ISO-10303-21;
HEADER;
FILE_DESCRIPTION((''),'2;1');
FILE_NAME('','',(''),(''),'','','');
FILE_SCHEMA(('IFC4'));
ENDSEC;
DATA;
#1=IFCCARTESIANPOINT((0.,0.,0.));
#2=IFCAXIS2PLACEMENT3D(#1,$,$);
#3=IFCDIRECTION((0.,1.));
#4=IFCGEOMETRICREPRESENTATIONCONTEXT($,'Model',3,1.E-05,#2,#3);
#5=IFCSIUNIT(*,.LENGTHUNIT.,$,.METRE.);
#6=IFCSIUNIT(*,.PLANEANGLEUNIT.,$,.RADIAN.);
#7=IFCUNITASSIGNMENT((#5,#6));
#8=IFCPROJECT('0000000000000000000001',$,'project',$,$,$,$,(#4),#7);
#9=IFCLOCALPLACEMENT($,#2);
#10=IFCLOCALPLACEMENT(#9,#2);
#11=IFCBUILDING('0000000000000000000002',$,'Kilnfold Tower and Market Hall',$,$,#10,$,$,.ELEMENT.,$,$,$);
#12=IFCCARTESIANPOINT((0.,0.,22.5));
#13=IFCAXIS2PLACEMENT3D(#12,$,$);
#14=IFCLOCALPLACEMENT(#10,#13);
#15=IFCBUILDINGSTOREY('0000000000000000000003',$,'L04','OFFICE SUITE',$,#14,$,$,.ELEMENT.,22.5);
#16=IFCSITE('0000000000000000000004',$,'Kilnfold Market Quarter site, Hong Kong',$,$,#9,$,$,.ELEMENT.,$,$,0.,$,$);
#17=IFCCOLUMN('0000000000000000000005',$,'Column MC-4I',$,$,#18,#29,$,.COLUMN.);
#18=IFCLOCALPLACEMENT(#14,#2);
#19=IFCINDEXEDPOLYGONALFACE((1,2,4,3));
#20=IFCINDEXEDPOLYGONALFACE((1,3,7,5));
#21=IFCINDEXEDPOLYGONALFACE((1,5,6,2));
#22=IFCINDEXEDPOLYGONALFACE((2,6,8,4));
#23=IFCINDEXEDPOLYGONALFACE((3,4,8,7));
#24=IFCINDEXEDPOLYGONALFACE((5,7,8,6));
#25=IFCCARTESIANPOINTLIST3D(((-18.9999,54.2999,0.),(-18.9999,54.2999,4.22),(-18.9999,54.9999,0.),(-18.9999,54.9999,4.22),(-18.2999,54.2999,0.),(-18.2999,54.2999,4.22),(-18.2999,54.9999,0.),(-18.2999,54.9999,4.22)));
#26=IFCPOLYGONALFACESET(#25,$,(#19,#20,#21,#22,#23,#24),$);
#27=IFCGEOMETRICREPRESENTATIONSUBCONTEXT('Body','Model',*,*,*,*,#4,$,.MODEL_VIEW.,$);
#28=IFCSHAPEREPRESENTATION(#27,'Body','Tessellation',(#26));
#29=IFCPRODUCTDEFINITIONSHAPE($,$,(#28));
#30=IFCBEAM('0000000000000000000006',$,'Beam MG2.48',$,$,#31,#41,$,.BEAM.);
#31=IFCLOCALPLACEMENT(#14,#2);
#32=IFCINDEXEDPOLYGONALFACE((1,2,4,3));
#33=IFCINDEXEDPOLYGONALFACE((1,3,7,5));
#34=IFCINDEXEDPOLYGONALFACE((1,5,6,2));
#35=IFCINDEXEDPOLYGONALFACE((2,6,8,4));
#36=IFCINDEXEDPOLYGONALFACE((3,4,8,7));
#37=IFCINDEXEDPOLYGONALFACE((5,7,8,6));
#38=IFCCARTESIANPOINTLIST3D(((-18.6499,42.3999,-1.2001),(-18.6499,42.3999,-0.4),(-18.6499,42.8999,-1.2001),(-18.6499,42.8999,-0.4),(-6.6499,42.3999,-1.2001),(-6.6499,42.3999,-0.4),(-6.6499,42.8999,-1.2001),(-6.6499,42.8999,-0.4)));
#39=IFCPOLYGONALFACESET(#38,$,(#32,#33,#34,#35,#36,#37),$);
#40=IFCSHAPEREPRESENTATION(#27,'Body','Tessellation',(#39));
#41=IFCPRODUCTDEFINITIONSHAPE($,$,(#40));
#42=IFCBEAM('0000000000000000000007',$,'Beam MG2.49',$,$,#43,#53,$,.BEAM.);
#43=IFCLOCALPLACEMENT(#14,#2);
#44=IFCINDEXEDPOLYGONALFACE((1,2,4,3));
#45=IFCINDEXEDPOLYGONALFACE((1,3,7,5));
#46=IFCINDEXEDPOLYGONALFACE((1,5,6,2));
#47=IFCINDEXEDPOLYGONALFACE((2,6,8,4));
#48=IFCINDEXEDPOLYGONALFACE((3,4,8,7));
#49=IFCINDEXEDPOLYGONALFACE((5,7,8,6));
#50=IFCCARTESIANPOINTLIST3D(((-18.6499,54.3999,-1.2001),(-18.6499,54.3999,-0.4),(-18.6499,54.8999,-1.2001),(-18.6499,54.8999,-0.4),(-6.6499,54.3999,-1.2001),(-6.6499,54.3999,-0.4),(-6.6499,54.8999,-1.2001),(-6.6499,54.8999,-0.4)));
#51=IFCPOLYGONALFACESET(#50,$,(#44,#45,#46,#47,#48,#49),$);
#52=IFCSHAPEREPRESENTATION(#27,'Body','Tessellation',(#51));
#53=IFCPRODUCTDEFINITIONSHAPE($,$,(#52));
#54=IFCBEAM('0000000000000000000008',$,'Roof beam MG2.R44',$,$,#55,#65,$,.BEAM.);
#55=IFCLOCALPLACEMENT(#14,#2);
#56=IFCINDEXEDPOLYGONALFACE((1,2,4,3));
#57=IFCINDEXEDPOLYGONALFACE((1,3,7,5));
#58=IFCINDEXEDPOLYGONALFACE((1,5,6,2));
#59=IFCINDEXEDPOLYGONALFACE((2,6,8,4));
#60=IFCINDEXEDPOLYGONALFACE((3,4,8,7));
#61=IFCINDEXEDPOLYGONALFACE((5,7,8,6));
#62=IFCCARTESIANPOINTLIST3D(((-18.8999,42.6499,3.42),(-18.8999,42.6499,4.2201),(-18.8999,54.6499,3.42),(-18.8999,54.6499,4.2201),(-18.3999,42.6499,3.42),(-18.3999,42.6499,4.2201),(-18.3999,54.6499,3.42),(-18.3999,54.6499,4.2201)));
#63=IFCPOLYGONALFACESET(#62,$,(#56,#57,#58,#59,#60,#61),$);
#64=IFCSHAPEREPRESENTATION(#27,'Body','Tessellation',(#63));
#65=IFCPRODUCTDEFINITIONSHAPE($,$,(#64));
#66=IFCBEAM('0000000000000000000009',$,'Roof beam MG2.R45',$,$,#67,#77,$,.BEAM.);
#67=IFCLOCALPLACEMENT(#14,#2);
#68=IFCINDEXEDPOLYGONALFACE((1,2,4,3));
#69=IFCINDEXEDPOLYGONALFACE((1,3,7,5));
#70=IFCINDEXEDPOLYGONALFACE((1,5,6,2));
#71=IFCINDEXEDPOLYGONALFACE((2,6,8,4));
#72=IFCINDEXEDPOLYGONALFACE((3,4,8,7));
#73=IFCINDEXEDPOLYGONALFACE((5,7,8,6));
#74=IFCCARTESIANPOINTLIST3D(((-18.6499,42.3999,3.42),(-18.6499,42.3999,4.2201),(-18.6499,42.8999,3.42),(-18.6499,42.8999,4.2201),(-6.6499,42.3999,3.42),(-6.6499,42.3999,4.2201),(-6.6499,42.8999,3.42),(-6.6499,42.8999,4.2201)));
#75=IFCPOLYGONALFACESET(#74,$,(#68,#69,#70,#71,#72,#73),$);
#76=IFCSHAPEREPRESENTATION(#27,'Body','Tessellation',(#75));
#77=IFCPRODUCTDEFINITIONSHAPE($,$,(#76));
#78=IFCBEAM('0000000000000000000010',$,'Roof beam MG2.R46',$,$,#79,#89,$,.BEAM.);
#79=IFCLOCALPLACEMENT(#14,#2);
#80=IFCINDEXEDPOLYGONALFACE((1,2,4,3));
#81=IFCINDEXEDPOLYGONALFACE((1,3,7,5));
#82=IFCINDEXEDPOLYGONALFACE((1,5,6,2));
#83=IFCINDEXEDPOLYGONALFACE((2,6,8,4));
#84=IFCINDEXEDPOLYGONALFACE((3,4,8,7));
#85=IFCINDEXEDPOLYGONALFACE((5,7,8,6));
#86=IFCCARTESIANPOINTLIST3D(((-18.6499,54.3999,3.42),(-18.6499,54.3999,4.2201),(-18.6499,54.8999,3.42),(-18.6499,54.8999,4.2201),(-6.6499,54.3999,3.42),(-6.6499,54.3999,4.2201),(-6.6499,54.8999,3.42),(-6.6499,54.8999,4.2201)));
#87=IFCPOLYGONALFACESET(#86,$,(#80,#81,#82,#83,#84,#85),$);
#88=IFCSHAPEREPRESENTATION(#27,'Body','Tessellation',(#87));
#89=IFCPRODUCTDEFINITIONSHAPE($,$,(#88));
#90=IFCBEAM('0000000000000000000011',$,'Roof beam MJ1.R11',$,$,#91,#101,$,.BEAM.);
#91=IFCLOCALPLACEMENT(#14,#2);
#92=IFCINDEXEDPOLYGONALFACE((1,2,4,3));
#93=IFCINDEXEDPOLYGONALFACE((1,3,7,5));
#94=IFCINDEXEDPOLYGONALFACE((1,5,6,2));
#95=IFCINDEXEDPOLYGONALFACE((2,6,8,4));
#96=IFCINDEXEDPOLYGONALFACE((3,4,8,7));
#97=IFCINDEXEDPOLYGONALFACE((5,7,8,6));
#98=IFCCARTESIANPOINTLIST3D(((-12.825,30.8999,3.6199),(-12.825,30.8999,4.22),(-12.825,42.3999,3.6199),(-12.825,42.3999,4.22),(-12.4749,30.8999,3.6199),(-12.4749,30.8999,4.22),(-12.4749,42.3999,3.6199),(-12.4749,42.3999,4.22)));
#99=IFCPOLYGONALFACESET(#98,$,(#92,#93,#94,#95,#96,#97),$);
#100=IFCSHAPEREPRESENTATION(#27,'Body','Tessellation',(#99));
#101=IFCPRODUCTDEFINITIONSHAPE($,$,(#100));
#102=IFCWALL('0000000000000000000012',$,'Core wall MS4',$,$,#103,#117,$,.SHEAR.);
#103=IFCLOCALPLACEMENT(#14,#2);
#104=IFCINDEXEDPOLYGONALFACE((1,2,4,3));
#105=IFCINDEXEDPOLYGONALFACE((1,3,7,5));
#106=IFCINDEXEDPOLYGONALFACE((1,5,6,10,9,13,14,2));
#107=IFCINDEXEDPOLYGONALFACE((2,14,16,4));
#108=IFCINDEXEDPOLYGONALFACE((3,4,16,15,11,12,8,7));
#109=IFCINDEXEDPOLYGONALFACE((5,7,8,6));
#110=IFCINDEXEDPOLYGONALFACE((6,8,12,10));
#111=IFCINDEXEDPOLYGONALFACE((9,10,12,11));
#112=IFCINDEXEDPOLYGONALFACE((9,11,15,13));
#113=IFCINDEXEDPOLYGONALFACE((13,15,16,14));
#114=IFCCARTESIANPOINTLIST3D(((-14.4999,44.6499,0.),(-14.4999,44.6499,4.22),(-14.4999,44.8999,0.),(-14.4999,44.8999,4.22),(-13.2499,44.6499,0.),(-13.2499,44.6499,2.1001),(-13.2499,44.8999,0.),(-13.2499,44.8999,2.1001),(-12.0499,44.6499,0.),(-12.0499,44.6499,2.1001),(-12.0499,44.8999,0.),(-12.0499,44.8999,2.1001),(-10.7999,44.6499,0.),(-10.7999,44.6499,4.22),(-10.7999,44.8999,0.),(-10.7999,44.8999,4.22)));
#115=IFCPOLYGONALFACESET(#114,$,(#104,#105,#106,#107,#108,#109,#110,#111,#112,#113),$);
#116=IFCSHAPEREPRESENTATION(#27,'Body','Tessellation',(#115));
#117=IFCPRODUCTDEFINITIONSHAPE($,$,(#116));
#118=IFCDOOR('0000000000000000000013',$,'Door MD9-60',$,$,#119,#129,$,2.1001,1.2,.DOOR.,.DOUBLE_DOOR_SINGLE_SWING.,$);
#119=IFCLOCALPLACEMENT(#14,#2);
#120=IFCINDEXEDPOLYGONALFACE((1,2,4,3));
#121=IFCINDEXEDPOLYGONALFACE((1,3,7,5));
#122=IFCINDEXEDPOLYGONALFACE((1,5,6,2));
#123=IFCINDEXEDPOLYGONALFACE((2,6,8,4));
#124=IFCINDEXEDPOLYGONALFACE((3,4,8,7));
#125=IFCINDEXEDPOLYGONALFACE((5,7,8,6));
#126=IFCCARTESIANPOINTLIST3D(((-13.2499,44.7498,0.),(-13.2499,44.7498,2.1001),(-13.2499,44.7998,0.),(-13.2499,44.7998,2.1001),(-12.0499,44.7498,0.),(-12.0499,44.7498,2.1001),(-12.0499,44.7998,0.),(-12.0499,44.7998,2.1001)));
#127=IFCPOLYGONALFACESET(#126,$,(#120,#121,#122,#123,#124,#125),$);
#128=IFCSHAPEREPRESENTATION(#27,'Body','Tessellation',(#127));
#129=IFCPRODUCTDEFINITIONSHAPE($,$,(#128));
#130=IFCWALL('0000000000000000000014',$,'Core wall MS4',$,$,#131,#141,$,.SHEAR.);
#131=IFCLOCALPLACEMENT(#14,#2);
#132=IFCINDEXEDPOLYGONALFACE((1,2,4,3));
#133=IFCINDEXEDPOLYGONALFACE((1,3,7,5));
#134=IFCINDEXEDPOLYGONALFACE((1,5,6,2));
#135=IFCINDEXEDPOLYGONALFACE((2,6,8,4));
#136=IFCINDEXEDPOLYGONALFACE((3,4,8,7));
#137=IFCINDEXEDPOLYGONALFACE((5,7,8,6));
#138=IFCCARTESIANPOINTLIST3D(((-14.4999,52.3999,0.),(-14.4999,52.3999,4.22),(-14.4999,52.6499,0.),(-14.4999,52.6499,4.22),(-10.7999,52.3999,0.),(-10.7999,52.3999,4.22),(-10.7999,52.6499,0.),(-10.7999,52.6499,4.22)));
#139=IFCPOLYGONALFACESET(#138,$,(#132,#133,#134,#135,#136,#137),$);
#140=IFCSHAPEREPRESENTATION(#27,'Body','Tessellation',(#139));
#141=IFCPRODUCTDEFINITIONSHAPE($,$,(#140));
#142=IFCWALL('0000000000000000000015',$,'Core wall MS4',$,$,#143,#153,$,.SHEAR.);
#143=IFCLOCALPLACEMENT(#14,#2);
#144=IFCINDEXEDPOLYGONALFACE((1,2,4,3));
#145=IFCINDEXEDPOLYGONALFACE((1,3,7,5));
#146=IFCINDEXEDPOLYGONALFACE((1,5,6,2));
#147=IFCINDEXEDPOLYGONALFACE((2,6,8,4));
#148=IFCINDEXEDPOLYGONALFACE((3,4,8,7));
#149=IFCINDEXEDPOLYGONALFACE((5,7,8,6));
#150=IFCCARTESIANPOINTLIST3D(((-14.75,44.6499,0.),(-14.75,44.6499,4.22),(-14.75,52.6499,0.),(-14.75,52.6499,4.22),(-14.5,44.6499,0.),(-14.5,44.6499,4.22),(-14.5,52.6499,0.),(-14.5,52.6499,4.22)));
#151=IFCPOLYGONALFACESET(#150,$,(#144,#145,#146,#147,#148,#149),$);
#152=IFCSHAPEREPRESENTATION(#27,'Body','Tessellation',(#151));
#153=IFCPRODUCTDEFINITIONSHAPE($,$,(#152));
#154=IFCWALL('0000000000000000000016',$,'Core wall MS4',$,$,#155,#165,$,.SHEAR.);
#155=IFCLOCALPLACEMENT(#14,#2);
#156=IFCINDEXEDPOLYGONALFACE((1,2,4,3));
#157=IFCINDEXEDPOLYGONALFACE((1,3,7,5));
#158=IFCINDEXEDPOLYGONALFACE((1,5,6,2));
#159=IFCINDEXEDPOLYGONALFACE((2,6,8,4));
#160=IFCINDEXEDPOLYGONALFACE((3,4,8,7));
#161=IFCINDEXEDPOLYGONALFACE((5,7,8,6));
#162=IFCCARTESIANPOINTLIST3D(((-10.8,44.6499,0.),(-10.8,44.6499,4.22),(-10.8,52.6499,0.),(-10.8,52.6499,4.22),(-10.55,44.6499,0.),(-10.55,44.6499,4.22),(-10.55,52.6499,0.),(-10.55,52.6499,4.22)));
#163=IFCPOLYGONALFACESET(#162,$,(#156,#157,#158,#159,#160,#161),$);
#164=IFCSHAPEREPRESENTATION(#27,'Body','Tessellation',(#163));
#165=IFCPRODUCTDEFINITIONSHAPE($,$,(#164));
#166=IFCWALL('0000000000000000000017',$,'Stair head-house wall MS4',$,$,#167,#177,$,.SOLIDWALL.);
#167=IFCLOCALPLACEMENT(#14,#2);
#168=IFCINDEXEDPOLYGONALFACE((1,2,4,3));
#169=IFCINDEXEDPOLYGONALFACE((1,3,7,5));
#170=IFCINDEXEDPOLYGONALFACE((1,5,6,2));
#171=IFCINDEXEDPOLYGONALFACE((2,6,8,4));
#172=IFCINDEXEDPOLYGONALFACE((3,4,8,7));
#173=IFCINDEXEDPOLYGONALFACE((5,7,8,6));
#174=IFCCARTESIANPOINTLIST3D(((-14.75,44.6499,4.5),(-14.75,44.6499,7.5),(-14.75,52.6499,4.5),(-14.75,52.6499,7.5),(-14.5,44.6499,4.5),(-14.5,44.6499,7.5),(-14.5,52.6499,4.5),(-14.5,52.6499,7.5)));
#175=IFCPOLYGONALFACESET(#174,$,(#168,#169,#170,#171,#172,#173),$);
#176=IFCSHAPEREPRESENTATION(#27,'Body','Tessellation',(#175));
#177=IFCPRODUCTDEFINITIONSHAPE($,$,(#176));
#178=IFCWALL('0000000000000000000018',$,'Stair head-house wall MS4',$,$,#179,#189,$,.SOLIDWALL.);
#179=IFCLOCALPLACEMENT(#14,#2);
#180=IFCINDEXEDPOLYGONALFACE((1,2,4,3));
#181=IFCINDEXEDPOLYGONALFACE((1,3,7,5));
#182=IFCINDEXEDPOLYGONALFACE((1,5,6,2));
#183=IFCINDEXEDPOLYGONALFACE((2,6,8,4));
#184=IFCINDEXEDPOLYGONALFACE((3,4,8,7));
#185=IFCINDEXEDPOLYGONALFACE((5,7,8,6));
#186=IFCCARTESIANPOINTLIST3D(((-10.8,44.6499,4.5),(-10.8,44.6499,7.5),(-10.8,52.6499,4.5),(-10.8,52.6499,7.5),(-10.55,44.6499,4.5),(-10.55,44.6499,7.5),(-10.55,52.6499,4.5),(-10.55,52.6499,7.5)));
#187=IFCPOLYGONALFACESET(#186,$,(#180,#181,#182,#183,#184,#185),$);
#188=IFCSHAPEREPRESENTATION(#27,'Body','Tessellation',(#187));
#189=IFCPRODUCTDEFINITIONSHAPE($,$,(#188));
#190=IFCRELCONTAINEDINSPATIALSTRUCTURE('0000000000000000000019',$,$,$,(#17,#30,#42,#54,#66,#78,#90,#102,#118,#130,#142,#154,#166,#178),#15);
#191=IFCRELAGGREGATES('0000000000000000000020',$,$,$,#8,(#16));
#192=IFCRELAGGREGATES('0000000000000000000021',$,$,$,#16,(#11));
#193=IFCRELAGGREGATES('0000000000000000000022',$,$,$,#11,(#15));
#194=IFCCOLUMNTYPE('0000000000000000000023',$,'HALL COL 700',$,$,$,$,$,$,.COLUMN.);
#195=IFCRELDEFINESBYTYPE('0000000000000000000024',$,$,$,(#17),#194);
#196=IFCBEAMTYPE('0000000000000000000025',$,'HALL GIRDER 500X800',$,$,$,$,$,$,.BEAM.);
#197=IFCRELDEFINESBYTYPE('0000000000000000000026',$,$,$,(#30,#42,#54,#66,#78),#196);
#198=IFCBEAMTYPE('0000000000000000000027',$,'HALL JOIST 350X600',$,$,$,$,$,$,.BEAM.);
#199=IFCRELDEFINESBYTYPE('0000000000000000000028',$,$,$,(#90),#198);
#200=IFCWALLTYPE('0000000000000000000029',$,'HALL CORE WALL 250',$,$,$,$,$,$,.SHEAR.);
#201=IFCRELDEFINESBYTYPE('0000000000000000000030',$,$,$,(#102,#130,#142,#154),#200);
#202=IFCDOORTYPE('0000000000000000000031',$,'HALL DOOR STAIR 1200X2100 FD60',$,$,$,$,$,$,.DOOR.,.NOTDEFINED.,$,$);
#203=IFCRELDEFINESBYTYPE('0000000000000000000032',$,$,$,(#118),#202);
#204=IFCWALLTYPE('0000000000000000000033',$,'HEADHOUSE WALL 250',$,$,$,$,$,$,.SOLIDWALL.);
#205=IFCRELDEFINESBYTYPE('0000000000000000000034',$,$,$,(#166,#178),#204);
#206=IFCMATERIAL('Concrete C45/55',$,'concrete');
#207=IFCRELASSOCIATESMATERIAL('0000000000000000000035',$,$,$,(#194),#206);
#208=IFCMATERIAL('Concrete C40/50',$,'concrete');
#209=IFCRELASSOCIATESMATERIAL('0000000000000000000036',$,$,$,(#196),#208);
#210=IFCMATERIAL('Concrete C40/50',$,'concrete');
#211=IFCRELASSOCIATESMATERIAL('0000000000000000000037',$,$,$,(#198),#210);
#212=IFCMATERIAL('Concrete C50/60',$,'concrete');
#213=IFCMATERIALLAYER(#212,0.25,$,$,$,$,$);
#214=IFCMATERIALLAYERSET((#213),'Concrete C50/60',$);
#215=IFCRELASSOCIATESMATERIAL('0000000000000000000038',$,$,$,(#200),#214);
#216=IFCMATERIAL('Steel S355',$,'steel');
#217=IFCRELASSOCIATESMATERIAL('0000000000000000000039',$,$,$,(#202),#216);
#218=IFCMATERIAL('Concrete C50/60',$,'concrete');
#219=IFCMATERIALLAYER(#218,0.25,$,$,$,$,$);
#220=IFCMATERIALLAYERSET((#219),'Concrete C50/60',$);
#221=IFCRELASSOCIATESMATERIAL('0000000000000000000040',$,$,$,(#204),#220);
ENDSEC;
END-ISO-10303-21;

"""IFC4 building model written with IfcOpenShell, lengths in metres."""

from ifc_helpers import new_model, si_unit, direction, frame, frame_2d, origin, origin_2d, place, context, subcontext, project, spatial, rectangle, extrude, source, transform, mapped, material, layer, layer_set, material_profile, profile_set, type_object, element, fill, save


model = new_model("IFC4")

# Units and contexts
model_context = context("Model", 3, precision=1e-05, world=origin(), true_north=direction((0.0, 1.0)))
body_context = subcontext(model_context, "Body", "Model", "MODEL_VIEW")
ifc_project = project(units=[si_unit("LENGTHUNIT", "METRE"), si_unit("PLANEANGLEUNIT", "RADIAN")], contexts=[model_context])

# Site, building, storey
site_placement = place(None, origin())
site = spatial("IfcSite", under=ifc_project, at=site_placement, Name="Kilnfold Market Quarter site, Hong Kong", CompositionType="ELEMENT", RefElevation=0.0)
building_placement = place(site_placement, origin())
building = spatial("IfcBuilding", under=site, at=building_placement, Name="Kilnfold Tower and Market Hall", CompositionType="ELEMENT")
storey_placement = place(building_placement, frame((0.0, 0.0, 22.5)))
storey = spatial("IfcBuildingStorey", under=building, at=storey_placement, Name="L04", Description="OFFICE SUITE", CompositionType="ELEMENT", Elevation=22.5)

# Column
ifc_material_1 = material(Name="Concrete C45/55", Category="concrete")
ifc_material_profile_1 = material_profile(ifc_material_1, rectangle(XDim=0.7, YDim=0.7, at=origin_2d()), Name="RC 700x700")
ifc_profile_set_1 = profile_set([ifc_material_profile_1], Name="Concrete C45/55")
column_type = type_object("IfcColumnType", Name="HALL COL 700", PredefinedType="COLUMN", material=ifc_profile_set_1)
shared_shape_1 = source(origin(), body_context, "Body", "SweptSolid", [
    extrude(rectangle(XDim=0.7, YDim=0.7, at=origin_2d()), origin(), (0.0, 0.0, 1.0), 4.22),
])
column_placement = place(storey_placement, frame((-18.6499, 54.6499, 0.0), z_axis=(0.0, 0.0, 1.0), x_axis=(1.0, 0.0, 0.0)))
element("IfcColumn", 1, at=column_placement, inside=storey, type_object=column_type, Name="Column MC-4I", PredefinedType="COLUMN", context=body_context, shape_type="MappedRepresentation", body=[
    mapped(shared_shape_1, transform((0.0, 0.0, 0.0))),
])

# Beams
ifc_material_2 = material(Name="Concrete C40/50", Category="concrete")
ifc_material_profile_2 = material_profile(ifc_material_2, rectangle(XDim=0.5, YDim=0.8, at=origin_2d()), Name="RC 500x800")
ifc_profile_set_2 = profile_set([ifc_material_profile_2], Name="Concrete C40/50")
beam_type_1 = type_object("IfcBeamType", Name="HALL GIRDER 500X800", PredefinedType="BEAM", material=ifc_profile_set_2)
for number, where, z_axis, x_axis, name in (
    (2, (-18.6499, 42.6499, -0.8), (1.0, 0.0, 0.0), (0.0, 1.0, 0.0), "Beam MG2.48"),
    (3, (-18.6499, 54.6499, -0.8), (1.0, 0.0, 0.0), (0.0, 1.0, 0.0), "Beam MG2.49"),
    (4, (-18.6499, 42.6499, 3.8201), (0.0, 1.0, 0.0), (-1.0, 0.0, 0.0), "Roof beam MG2.R44"),
    (5, (-18.6499, 42.6499, 3.8201), (1.0, 0.0, 0.0), (0.0, 1.0, 0.0), "Roof beam MG2.R45"),
    (6, (-18.6499, 54.6499, 3.8201), (1.0, 0.0, 0.0), (0.0, 1.0, 0.0), "Roof beam MG2.R46"),
):
    element("IfcBeam", number, at=place(storey_placement, frame(where, z_axis=z_axis, x_axis=x_axis)), inside=storey, type_object=beam_type_1, Name=name, PredefinedType="BEAM", context=body_context, shape_type="SweptSolid", body=[
        extrude(rectangle(XDim=0.5, YDim=0.8, at=origin_2d()), origin(), (0.0, 0.0, 1.0), 12.0),
    ])
ifc_material_3 = material(Name="Concrete C40/50", Category="concrete")
ifc_material_profile_3 = material_profile(ifc_material_3, rectangle(XDim=0.3501, YDim=0.6001, at=origin_2d()), Name="RC 350x600")
ifc_profile_set_3 = profile_set([ifc_material_profile_3], Name="Concrete C40/50")
beam_type_2 = type_object("IfcBeamType", Name="HALL JOIST 350X600", PredefinedType="BEAM", material=ifc_profile_set_3)
beam_placement = place(storey_placement, frame((-12.6499, 30.8999, 3.9199), z_axis=(0.0, 1.0, 0.0), x_axis=(-1.0, 0.0, 0.0)))
element("IfcBeam", 7, at=beam_placement, inside=storey, type_object=beam_type_2, Name="Roof beam MJ1.R11", PredefinedType="BEAM", context=body_context, shape_type="SweptSolid", body=[
    extrude(rectangle(XDim=0.3501, YDim=0.6001, at=origin_2d()), origin(), (0.0, 0.0, 1.0), 11.5),
])

# Wall, opening, door
ifc_material_4 = material(Name="Concrete C50/60", Category="concrete")
ifc_layer_1 = layer(ifc_material_4, 0.25)
ifc_layer_set_1 = layer_set([ifc_layer_1], Name="Concrete C50/60")
wall_type_1 = type_object("IfcWallType", Name="HALL CORE WALL 250", PredefinedType="SHEAR", material=ifc_layer_set_1)
shared_shape_2 = source(origin(), body_context, "Body", "SweptSolid", [
    extrude(rectangle(XDim=3.7, YDim=0.25, at=frame_2d((1.8501, 0.0))), origin(), (0.0, 0.0, 1.0), 4.22),
])
wall_1_placement = place(storey_placement, frame((-14.5, 44.7749, 0.0), z_axis=(0.0, 0.0, 1.0), x_axis=(1.0, 0.0, 0.0)))
wall_1 = element("IfcWall", 8, at=wall_1_placement, inside=storey, type_object=wall_type_1, Name="Core wall MS4", PredefinedType="SHEAR", context=body_context, shape_type="MappedRepresentation", body=[
    mapped(shared_shape_2, transform((0.0, 0.0, 0.0))),
])
opening_1_placement = place(wall_1_placement, frame((1.25, 0.0, 0.0)))
opening_1 = element("IfcOpeningElement", 9, at=opening_1_placement, cuts=wall_1, PredefinedType="OPENING", context=body_context, shape_type="SweptSolid", body=[
    extrude(rectangle(XDim=1.2, YDim=2.1001, at=frame_2d((0.6001, 1.05))), frame((0.0, 0.135, 0.0), z_axis=(0.0, -1.0, 0.0), x_axis=(1.0, 0.0, 0.0)), (0.0, 0.0, 1.0), 0.27),
])
ifc_material_5 = material(Name="Steel S355", Category="steel")
door_type_1 = type_object("IfcDoorType", Name="HALL DOOR STAIR 1200X2100 FD60", OperationType="NOTDEFINED", PredefinedType="DOOR", material=ifc_material_5)
door_1_placement = place(opening_1_placement, origin())
door_1 = element("IfcDoor", 10, at=door_1_placement, inside=storey, type_object=door_type_1, Name="Door MD9-60", OperationType="DOUBLE_DOOR_SINGLE_SWING", OverallHeight=2.1001, OverallWidth=1.2, PredefinedType="DOOR", context=body_context, shape_type="SweptSolid", body=[
    extrude(rectangle(XDim=1.2, YDim=2.1001, at=frame_2d((0.6001, 1.05))), frame((0.0, 0.0249, 0.0), z_axis=(0.0, -1.0, 0.0), x_axis=(1.0, 0.0, 0.0)), (0.0, 0.0, 1.0), 0.05),
])
fill(opening_1, door_1)

# Walls
wall_2_placement = place(storey_placement, frame((-14.5, 52.5249, 0.0), z_axis=(0.0, 0.0, 1.0), x_axis=(1.0, 0.0, 0.0)))
element("IfcWall", 11, at=wall_2_placement, inside=storey, type_object=wall_type_1, Name="Core wall MS4", PredefinedType="SHEAR", context=body_context, shape_type="MappedRepresentation", body=[
    mapped(shared_shape_2, transform((0.0, 0.0, 0.0))),
])
shared_shape_3 = source(origin(), body_context, "Body", "SweptSolid", [
    extrude(rectangle(XDim=8.0, YDim=0.25, at=frame_2d((4.0, 0.0))), origin(), (0.0, 0.0, 1.0), 4.22),
])
for number, where, z_axis, x_axis, name in (
    (12, (-14.625, 44.6499, 0.0), (0.0, 0.0, 1.0), (0.0, 1.0, 0.0), "Core wall MS4"),
    (13, (-10.675, 44.6499, 0.0), (0.0, 0.0, 1.0), (0.0, 1.0, 0.0), "Core wall MS4"),
):
    element("IfcWall", number, at=place(storey_placement, frame(where, z_axis=z_axis, x_axis=x_axis)), inside=storey, type_object=wall_type_1, Name=name, PredefinedType="SHEAR", context=body_context, shape_type="MappedRepresentation", body=[
        mapped(shared_shape_3, transform((0.0, 0.0, 0.0))),
    ])
ifc_material_6 = material(Name="Concrete C50/60", Category="concrete")
ifc_layer_2 = layer(ifc_material_6, 0.25)
ifc_layer_set_2 = layer_set([ifc_layer_2], Name="Concrete C50/60")
wall_type_2 = type_object("IfcWallType", Name="HEADHOUSE WALL 250", PredefinedType="SOLIDWALL", material=ifc_layer_set_2)
shared_shape_4 = source(origin(), body_context, "Body", "SweptSolid", [
    extrude(rectangle(XDim=8.0, YDim=0.25, at=frame_2d((4.0, 0.0))), origin(), (0.0, 0.0, 1.0), 3.0),
])
for number, where, z_axis, x_axis, name in (
    (14, (-14.625, 44.6499, 4.5), (0.0, 0.0, 1.0), (0.0, 1.0, 0.0), "Stair head-house wall MS4"),
    (15, (-10.675, 44.6499, 4.5), (0.0, 0.0, 1.0), (0.0, 1.0, 0.0), "Stair head-house wall MS4"),
):
    element("IfcWall", number, at=place(storey_placement, frame(where, z_axis=z_axis, x_axis=x_axis)), inside=storey, type_object=wall_type_2, Name=name, PredefinedType="SOLIDWALL", context=body_context, shape_type="MappedRepresentation", body=[
        mapped(shared_shape_4, transform((0.0, 0.0, 0.0))),
    ])

save(model, "model.ifc")
